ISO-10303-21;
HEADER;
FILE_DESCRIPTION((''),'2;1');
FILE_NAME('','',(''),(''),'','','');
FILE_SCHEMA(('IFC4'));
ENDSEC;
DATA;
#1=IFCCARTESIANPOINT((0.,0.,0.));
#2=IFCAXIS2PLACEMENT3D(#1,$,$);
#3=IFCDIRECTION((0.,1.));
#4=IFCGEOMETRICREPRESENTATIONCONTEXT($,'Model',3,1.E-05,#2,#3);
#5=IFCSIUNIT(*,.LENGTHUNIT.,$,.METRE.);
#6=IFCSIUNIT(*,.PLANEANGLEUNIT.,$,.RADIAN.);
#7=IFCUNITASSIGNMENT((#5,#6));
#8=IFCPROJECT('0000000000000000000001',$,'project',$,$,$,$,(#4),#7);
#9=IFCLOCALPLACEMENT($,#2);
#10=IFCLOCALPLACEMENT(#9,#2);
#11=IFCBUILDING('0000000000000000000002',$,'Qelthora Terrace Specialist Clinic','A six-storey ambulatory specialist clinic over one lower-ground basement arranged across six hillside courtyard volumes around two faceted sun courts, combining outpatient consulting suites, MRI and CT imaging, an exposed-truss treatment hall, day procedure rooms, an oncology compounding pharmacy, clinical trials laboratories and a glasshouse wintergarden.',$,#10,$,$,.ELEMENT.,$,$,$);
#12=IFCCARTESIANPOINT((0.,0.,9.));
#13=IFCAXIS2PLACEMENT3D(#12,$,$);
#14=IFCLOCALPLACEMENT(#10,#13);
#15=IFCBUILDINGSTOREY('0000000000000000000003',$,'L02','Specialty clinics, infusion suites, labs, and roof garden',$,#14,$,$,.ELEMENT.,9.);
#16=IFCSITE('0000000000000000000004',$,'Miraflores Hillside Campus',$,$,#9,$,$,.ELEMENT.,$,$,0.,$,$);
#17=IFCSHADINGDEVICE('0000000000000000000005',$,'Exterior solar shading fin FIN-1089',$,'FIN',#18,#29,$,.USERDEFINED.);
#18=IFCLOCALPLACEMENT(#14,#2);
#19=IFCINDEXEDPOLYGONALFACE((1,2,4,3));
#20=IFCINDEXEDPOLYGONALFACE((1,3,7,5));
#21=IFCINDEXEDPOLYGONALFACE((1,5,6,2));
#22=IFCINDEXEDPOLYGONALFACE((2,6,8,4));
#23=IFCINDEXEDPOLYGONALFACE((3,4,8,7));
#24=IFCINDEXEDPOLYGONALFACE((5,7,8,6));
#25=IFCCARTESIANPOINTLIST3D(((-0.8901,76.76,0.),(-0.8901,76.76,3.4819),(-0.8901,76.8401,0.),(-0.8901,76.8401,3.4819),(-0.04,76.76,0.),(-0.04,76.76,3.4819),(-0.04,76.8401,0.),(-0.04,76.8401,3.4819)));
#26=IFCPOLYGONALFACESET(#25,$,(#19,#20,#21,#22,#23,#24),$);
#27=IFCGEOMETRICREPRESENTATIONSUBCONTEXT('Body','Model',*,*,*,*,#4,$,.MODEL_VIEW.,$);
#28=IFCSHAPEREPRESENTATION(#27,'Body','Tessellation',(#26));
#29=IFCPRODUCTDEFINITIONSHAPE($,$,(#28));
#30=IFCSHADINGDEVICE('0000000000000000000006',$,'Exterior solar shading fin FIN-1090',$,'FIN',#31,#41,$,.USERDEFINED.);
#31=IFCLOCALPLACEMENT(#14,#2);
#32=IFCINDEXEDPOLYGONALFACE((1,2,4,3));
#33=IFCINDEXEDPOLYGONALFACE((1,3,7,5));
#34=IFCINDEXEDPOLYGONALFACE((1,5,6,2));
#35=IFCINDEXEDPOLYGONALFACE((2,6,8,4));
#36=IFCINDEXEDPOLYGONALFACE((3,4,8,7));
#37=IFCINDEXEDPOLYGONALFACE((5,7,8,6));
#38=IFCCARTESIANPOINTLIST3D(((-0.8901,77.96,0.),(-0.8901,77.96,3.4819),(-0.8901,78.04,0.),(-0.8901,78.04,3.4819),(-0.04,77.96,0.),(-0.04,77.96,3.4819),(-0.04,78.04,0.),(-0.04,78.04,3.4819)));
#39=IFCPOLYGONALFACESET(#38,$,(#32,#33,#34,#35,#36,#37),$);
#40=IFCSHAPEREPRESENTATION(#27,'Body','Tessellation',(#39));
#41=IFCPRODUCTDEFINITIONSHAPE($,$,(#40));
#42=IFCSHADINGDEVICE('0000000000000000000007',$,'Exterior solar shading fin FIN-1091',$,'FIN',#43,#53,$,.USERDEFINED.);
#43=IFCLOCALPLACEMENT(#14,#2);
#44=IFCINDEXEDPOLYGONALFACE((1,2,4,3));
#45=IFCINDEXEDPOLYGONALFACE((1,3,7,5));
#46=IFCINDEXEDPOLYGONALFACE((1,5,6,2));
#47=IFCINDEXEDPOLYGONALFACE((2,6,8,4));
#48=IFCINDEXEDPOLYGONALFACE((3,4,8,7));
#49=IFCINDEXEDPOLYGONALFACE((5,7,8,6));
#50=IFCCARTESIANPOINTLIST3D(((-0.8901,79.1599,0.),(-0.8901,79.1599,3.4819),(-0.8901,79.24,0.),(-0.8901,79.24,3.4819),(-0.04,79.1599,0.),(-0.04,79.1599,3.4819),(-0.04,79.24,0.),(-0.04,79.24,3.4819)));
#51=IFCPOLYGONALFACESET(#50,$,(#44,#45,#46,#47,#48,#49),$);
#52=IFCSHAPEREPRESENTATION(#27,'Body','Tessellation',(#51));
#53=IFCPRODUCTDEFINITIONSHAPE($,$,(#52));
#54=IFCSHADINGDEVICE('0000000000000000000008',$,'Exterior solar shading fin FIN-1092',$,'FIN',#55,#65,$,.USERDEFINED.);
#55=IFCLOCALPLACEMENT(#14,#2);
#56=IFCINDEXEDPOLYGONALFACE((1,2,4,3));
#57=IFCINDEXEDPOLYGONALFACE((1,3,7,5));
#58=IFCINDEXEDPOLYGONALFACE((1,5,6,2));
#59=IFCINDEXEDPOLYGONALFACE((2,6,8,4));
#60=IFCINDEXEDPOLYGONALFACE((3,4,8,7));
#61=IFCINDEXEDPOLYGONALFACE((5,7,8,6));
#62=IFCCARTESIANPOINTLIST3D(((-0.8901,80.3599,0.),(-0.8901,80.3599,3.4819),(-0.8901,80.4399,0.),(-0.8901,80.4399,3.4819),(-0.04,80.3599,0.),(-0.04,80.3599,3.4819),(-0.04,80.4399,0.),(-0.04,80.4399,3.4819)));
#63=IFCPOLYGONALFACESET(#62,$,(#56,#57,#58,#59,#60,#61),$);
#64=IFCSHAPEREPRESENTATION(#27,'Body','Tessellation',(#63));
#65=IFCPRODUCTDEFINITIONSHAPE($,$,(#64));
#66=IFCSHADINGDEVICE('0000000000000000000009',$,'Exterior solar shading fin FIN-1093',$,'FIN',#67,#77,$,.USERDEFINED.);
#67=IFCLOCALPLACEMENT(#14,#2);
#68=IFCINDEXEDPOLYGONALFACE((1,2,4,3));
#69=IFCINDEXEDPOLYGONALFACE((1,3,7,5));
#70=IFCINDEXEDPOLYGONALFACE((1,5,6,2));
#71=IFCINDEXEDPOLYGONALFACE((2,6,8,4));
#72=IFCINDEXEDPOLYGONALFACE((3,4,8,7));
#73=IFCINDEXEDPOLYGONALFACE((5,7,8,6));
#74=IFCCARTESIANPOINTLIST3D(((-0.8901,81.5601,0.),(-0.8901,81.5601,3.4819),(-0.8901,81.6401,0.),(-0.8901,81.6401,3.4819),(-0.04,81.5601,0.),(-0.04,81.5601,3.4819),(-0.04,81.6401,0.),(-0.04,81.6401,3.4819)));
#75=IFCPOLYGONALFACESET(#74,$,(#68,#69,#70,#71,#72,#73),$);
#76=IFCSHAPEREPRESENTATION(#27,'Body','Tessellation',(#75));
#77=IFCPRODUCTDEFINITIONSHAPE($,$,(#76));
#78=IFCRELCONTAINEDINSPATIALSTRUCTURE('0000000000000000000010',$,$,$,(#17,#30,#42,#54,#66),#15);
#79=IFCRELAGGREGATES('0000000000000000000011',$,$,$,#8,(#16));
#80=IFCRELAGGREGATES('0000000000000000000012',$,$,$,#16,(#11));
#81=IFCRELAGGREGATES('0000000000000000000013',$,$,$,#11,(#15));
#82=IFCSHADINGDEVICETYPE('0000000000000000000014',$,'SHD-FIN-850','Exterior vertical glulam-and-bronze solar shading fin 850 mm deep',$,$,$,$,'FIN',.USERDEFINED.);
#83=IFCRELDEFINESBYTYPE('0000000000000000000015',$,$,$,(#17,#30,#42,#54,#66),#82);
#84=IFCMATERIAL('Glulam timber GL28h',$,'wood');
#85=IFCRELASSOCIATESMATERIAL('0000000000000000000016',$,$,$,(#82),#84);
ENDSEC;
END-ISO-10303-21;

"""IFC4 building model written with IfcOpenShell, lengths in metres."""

from ifc_helpers import new_model, si_unit, direction, frame, origin, origin_2d, place, context, subcontext, project, spatial, rectangle, extrude, material, type_object, element, save


model = new_model("IFC4")

# Units and contexts
model_context = context("Model", 3, precision=1e-05, world=origin(), true_north=direction((0.0, 1.0)))
body_context = subcontext(model_context, "Body", "Model", "MODEL_VIEW")
ifc_project = project(units=[si_unit("LENGTHUNIT", "METRE"), si_unit("PLANEANGLEUNIT", "RADIAN")], contexts=[model_context])

# Site, building, storey
site_placement = place(None, origin())
site = spatial("IfcSite", under=ifc_project, at=site_placement, Name="Miraflores Hillside Campus", CompositionType="ELEMENT", RefElevation=0.0)
building_placement = place(site_placement, origin())
building = spatial("IfcBuilding", under=site, at=building_placement, Name="Qelthora Terrace Specialist Clinic", Description="A six-storey ambulatory specialist clinic over one lower-ground basement arranged across six hillside courtyard volumes around two faceted sun courts, combining outpatient consulting suites, MRI and CT imaging, an exposed-truss treatment hall, day procedure rooms, an oncology compounding pharmacy, clinical trials laboratories and a glasshouse wintergarden.", CompositionType="ELEMENT")
storey_placement = place(building_placement, frame((0.0, 0.0, 9.0)))
storey = spatial("IfcBuildingStorey", under=building, at=storey_placement, Name="L02", Description="Specialty clinics, infusion suites, labs, and roof garden", CompositionType="ELEMENT", Elevation=9.0)

# Shared definitions
ifc_material_1 = material(Name="Glulam timber GL28h", Category="wood")

# Shading devices
shading_device_type = type_object("IfcShadingDeviceType", Name="SHD-FIN-850", Description="Exterior vertical glulam-and-bronze solar shading fin 850 mm deep", ElementType="FIN", PredefinedType="USERDEFINED", material=ifc_material_1)
for number, where, z_axis, x_axis, name in (
    (1, (-0.4651, 76.8, 0.0), (0.0, 0.0, 1.0), (-1.0, 0.0, 0.0), "Exterior solar shading fin FIN-1089"),
    (2, (-0.4651, 78.0, 0.0), (0.0, 0.0, 1.0), (-1.0, 0.0, 0.0), "Exterior solar shading fin FIN-1090"),
    (3, (-0.4651, 79.2, 0.0), (0.0, 0.0, 1.0), (-1.0, 0.0, 0.0), "Exterior solar shading fin FIN-1091"),
    (4, (-0.4651, 80.3999, 0.0), (0.0, 0.0, 1.0), (-1.0, 0.0, 0.0), "Exterior solar shading fin FIN-1092"),
    (5, (-0.4651, 81.6001, 0.0), (0.0, 0.0, 1.0), (-1.0, 0.0, 0.0), "Exterior solar shading fin FIN-1093"),
):
    element("IfcShadingDevice", number, at=place(storey_placement, frame(where, z_axis=z_axis, x_axis=x_axis)), inside=storey, type_object=shading_device_type, Name=name, ObjectType="FIN", PredefinedType="USERDEFINED", context=body_context, shape_type="SweptSolid", body=[
        extrude(rectangle(XDim=0.8501, YDim=0.0801, at=origin_2d()), origin(), (0.0, 0.0, 1.0), 3.4819),
    ])

save(model, "model.ifc")
